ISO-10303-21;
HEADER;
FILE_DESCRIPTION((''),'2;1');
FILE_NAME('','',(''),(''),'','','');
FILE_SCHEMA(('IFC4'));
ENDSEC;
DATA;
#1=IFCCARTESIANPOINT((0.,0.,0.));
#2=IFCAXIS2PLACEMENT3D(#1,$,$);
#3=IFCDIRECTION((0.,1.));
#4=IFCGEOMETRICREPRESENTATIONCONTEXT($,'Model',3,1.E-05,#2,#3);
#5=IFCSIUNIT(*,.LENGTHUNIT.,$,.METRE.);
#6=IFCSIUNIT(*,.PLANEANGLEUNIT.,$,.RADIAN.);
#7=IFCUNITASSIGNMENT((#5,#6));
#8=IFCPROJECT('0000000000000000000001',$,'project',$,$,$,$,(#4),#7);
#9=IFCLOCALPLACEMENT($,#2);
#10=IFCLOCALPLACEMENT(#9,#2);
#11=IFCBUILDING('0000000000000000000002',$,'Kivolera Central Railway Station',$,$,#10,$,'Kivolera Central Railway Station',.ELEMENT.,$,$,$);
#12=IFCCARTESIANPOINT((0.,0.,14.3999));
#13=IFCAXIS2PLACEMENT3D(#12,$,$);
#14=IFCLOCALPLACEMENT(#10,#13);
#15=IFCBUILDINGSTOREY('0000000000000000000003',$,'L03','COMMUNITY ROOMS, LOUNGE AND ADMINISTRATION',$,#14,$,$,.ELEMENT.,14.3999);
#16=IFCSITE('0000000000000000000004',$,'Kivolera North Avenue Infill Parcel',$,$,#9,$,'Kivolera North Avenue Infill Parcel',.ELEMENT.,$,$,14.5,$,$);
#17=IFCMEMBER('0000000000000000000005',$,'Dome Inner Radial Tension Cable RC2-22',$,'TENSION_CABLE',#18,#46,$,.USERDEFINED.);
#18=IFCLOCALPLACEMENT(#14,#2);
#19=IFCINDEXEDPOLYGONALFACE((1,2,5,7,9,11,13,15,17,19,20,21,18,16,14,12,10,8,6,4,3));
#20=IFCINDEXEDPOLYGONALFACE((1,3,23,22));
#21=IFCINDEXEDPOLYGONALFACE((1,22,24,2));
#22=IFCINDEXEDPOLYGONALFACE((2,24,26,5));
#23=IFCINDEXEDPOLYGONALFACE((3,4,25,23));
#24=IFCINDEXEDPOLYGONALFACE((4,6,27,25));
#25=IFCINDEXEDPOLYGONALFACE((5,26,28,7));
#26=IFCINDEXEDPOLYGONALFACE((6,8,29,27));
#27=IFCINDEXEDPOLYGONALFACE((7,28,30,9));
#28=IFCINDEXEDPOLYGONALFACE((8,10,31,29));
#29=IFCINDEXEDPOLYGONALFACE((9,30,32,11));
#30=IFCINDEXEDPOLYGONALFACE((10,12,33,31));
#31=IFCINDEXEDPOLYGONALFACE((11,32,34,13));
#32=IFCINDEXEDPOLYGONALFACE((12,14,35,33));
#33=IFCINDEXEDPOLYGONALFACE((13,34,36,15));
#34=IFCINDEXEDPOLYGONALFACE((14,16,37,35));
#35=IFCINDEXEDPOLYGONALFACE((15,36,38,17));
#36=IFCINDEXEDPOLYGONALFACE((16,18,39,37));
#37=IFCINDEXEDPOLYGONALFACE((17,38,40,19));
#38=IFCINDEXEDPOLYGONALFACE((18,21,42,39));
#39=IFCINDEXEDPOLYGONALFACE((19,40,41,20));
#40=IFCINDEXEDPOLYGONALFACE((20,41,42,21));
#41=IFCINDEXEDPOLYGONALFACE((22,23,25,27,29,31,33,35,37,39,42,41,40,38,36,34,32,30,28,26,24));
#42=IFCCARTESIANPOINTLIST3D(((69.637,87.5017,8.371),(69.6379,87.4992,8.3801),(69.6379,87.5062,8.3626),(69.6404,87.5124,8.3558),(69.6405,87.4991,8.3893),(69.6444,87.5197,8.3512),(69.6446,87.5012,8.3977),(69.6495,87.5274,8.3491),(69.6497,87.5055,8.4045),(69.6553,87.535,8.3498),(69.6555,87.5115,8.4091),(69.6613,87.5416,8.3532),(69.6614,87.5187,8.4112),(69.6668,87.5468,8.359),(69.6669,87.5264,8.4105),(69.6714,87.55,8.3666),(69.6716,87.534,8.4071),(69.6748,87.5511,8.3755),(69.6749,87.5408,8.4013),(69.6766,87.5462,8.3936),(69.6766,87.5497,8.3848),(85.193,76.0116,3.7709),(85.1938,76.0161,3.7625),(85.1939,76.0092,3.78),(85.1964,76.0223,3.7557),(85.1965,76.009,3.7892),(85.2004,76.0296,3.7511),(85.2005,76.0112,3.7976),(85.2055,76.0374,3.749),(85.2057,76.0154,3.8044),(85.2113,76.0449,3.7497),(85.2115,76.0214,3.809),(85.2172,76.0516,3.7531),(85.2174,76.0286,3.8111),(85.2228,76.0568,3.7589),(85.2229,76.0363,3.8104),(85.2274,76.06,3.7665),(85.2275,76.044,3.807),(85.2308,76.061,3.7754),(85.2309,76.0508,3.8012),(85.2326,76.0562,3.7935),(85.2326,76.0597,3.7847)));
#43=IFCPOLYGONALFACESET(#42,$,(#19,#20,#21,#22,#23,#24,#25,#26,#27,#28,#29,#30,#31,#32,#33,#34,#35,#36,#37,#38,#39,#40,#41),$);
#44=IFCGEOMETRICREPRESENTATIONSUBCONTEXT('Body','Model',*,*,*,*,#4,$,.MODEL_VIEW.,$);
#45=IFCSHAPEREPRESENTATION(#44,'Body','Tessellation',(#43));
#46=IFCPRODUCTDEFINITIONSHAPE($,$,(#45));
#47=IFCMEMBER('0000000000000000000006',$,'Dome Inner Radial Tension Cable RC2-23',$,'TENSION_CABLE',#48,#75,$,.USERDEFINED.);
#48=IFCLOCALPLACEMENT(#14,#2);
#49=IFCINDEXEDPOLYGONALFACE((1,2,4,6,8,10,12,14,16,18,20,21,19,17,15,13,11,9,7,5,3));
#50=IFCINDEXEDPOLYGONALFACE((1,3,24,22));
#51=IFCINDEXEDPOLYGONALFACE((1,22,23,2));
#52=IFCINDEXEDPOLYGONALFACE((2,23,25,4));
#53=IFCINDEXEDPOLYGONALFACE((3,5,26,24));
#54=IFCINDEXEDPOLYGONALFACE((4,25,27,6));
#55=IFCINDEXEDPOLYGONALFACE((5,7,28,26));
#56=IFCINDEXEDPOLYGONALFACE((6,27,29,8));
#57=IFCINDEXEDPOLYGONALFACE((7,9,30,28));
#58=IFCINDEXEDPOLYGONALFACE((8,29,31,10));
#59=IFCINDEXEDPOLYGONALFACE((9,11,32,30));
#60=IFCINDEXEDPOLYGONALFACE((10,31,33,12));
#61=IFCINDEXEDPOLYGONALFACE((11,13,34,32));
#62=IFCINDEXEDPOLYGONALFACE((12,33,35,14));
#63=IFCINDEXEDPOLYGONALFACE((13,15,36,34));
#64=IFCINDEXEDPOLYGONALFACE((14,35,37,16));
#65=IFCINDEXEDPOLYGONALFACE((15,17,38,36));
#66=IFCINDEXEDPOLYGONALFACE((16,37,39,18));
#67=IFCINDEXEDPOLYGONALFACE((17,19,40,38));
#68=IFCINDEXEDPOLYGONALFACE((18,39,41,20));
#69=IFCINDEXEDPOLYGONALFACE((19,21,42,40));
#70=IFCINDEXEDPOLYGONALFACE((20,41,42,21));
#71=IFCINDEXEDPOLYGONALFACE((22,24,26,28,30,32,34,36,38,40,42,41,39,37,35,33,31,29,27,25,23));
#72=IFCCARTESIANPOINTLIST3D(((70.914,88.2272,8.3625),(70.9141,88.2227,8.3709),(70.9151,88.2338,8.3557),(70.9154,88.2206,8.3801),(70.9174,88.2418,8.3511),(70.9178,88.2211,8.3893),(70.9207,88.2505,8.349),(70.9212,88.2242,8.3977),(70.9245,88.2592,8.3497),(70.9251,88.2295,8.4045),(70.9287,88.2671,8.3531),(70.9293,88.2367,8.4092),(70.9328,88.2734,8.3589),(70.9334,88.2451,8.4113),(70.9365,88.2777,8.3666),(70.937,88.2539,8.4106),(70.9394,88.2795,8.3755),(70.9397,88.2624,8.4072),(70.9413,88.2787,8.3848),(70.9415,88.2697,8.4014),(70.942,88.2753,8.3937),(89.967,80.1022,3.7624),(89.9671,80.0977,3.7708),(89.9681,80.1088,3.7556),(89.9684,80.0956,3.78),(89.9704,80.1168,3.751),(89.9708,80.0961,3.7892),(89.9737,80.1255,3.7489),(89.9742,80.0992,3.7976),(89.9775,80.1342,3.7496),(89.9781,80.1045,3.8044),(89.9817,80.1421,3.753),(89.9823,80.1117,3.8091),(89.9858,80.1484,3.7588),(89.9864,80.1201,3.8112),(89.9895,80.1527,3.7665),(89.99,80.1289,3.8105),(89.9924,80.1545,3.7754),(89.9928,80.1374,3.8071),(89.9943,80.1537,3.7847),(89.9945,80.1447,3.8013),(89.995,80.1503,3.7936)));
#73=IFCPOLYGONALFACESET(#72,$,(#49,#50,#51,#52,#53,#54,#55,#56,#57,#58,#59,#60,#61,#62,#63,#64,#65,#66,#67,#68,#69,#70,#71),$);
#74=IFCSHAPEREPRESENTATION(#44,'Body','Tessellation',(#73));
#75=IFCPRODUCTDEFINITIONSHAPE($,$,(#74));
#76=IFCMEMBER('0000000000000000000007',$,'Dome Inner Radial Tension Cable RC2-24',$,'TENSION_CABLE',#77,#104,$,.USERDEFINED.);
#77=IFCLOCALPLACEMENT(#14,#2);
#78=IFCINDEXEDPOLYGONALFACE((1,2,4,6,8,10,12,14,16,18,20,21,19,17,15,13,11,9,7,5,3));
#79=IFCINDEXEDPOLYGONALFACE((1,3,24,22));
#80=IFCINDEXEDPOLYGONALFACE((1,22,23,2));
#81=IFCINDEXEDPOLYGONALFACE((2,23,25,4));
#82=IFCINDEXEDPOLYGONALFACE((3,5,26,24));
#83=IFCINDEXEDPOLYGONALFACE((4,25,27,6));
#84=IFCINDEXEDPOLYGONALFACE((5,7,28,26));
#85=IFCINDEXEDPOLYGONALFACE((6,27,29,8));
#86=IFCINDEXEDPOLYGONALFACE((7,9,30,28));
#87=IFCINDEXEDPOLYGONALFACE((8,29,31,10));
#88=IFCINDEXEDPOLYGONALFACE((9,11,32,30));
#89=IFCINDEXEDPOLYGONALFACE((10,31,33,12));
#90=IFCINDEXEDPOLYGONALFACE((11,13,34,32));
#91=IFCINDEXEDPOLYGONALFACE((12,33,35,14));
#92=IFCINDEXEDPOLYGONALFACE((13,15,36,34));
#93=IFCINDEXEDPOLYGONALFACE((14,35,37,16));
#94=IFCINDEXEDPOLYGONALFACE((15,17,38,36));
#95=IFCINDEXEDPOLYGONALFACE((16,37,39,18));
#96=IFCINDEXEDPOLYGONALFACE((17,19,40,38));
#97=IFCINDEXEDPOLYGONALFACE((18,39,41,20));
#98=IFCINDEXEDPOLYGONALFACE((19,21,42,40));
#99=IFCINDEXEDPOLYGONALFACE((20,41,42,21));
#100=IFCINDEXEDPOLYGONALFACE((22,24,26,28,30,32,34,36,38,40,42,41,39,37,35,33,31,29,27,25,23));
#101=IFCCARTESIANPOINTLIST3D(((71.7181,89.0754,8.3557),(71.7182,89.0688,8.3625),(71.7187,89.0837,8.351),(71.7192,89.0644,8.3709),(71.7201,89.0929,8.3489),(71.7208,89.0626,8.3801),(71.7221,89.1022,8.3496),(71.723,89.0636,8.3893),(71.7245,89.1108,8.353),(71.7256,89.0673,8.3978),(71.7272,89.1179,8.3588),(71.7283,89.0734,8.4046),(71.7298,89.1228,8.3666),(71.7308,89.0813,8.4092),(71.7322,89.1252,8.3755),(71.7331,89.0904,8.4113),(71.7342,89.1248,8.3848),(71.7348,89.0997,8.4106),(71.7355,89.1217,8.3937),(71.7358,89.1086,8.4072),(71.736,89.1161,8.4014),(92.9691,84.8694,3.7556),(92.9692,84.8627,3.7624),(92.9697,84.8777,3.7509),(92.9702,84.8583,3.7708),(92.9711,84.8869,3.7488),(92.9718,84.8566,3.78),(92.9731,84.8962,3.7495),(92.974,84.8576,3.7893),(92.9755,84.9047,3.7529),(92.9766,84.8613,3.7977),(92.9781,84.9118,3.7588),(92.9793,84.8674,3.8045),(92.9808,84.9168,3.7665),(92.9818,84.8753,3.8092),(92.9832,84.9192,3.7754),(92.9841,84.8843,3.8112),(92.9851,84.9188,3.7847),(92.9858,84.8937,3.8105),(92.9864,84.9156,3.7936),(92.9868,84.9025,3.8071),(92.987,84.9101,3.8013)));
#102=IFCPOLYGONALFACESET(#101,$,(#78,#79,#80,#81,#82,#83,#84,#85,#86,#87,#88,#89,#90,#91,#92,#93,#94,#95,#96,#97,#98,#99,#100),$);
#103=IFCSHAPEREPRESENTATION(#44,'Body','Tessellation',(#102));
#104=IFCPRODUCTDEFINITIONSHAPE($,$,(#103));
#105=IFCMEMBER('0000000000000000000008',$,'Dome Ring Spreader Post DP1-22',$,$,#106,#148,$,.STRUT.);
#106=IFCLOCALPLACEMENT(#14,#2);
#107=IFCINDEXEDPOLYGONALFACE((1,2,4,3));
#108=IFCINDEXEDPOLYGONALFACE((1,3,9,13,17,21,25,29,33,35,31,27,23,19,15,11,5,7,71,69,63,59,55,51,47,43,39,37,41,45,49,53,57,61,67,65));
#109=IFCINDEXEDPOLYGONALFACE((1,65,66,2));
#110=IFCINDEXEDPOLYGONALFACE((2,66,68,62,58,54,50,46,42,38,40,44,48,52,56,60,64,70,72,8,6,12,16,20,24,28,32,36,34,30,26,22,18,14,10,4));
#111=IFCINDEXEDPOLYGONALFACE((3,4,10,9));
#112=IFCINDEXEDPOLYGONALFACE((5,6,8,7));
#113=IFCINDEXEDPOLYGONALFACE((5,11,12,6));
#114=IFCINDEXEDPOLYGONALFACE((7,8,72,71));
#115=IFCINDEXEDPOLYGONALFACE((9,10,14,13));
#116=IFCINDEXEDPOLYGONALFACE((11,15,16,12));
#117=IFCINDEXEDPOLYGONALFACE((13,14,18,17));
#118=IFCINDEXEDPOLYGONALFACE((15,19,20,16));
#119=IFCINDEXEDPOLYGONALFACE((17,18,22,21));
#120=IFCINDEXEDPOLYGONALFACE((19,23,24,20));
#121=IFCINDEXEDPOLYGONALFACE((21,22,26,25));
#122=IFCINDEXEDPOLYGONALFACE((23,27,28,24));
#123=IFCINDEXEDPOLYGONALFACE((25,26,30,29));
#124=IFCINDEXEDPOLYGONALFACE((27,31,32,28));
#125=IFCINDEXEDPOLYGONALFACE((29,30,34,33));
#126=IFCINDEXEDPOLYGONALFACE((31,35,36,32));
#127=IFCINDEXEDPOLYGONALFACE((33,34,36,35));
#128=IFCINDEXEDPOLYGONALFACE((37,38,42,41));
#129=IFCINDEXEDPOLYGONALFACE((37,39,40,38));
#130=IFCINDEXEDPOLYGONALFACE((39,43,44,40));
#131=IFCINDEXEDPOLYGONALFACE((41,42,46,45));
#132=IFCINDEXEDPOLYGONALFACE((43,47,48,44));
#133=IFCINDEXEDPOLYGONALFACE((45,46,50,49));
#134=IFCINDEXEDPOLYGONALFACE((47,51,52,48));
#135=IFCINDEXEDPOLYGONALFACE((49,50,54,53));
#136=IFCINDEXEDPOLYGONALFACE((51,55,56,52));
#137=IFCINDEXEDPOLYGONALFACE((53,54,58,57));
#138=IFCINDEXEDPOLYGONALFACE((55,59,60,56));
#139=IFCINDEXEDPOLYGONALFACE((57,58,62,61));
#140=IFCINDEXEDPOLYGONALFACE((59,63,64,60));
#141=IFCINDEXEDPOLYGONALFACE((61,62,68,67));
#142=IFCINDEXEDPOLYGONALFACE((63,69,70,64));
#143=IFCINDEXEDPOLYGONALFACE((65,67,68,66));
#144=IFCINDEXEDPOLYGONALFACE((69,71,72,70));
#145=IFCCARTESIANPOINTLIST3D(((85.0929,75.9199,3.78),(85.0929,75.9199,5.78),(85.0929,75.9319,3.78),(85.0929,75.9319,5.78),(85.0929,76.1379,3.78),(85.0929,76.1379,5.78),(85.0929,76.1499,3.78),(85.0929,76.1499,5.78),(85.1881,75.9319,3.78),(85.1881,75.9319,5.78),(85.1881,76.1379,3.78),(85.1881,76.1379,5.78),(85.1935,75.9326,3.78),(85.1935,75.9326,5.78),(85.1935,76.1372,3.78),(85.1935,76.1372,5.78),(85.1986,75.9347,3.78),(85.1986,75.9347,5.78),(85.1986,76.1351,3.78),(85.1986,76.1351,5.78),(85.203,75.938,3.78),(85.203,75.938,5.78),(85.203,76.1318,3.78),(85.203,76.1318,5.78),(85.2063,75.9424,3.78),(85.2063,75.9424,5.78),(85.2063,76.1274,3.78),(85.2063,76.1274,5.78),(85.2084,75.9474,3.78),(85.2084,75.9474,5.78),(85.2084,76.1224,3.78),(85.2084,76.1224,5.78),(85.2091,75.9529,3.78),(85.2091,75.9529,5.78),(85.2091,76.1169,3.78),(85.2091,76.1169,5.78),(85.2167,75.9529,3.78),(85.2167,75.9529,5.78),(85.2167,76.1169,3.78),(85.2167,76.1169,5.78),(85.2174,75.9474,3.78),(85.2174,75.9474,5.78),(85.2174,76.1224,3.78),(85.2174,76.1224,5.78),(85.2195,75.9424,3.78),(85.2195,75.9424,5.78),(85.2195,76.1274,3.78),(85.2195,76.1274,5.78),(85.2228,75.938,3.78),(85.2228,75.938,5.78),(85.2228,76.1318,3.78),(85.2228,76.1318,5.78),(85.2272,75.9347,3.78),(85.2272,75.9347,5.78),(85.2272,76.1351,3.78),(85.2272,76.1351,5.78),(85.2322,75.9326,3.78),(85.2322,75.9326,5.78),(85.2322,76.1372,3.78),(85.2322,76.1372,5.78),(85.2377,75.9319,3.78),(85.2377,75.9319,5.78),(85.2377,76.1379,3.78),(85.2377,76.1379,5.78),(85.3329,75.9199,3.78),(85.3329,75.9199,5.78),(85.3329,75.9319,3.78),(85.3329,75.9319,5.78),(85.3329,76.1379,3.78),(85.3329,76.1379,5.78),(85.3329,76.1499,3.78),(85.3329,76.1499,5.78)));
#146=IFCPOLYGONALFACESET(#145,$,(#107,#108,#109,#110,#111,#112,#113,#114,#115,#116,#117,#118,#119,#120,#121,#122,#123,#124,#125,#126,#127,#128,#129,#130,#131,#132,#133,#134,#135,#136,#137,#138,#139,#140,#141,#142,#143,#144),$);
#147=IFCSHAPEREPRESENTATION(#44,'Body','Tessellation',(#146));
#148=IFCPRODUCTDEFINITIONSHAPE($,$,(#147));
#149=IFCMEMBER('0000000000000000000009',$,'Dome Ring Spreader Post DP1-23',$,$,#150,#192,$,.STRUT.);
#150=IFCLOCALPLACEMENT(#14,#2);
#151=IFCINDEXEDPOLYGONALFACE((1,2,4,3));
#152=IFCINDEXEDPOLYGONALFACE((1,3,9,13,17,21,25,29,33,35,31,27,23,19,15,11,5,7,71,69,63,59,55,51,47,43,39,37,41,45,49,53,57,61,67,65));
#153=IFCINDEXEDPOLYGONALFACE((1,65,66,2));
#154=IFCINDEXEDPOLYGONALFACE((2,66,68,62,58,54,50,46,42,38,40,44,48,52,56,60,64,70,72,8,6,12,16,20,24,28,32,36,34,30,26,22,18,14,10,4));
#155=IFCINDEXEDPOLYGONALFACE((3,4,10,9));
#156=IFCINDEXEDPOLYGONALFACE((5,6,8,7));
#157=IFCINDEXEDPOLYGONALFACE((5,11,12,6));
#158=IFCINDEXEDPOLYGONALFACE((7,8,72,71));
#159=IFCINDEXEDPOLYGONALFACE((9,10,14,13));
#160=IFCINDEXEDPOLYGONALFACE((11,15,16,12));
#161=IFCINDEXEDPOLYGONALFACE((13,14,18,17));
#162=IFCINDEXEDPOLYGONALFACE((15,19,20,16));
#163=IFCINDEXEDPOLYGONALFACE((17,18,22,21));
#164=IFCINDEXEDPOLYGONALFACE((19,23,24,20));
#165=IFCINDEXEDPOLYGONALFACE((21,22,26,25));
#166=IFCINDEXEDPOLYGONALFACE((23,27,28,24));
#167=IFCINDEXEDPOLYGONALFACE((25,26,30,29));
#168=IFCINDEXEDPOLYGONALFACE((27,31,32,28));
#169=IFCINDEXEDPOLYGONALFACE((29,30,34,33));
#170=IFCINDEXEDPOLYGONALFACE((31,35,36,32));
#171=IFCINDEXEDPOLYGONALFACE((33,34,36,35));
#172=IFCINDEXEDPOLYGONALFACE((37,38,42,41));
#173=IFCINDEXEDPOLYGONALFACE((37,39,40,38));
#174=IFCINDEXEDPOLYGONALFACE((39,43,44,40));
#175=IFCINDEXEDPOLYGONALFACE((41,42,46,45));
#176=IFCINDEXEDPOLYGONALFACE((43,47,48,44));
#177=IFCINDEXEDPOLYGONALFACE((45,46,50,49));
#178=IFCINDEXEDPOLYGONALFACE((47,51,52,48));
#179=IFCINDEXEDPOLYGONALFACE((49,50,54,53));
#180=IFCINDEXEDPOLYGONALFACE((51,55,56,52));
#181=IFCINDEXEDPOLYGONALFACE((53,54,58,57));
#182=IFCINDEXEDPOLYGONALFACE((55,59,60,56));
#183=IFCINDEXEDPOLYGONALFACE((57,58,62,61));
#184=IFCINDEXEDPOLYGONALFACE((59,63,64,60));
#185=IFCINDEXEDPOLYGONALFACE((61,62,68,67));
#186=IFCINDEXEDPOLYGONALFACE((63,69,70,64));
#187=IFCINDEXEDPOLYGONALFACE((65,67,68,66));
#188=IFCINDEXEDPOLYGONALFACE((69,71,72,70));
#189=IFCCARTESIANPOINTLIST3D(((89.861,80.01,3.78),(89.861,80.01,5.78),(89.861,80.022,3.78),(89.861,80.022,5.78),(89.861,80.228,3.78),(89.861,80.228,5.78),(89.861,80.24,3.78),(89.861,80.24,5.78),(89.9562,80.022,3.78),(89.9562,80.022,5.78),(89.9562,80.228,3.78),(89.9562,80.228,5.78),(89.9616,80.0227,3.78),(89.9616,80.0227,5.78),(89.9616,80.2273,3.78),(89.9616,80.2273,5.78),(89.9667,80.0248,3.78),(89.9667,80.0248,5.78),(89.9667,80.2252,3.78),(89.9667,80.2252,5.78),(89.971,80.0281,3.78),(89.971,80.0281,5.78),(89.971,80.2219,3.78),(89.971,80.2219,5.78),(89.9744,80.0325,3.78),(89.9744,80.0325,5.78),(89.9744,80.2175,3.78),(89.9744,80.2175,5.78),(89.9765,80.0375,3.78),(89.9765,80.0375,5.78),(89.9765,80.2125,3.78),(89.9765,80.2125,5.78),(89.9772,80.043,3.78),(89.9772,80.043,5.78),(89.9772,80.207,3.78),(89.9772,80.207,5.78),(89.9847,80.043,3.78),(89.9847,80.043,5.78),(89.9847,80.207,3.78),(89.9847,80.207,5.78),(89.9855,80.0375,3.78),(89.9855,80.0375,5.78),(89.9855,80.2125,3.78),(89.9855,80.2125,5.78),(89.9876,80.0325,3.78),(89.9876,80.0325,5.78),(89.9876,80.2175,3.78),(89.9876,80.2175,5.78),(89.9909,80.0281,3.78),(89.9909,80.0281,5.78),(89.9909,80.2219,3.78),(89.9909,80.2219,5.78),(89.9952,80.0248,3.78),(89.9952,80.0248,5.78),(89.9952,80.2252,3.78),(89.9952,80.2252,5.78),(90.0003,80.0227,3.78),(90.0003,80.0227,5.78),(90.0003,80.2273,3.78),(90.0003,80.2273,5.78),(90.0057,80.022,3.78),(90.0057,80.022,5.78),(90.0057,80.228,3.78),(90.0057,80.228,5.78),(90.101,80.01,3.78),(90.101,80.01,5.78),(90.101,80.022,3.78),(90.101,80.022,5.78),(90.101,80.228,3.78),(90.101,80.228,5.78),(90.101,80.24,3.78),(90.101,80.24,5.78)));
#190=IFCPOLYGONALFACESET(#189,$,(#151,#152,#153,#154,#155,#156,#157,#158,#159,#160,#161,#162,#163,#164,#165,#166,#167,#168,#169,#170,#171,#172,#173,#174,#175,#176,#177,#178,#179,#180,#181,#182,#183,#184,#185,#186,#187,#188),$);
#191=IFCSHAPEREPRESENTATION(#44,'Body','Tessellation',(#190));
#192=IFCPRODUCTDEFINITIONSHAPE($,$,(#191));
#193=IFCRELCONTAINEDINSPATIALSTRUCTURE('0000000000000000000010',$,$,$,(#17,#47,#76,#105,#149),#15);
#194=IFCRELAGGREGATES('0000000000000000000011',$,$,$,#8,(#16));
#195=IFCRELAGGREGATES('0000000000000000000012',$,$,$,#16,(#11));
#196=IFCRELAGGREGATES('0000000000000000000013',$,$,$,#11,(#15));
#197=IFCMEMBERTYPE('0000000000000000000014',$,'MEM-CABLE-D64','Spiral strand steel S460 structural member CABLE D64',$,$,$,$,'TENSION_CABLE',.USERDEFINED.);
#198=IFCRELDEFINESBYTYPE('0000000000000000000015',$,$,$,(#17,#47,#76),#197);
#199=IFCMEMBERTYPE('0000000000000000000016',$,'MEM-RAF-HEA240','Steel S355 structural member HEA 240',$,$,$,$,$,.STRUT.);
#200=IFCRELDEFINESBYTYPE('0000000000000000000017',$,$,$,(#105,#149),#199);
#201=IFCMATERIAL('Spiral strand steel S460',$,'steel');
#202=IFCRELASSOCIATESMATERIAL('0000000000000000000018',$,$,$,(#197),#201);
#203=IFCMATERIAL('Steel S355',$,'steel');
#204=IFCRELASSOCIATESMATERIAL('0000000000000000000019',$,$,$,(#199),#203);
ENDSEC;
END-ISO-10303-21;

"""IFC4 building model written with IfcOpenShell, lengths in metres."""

from ifc_helpers import new_model, si_unit, direction, frame, origin, origin_2d, place, context, subcontext, project, spatial, circle, i_section, extrude, material, material_profile, profile_set, type_object, element, save


model = new_model("IFC4")

# Units and contexts
model_context = context("Model", 3, precision=1e-05, world=origin(), true_north=direction((0.0, 1.0)))
body_context = subcontext(model_context, "Body", "Model", "MODEL_VIEW")
ifc_project = project(units=[si_unit("LENGTHUNIT", "METRE"), si_unit("PLANEANGLEUNIT", "RADIAN")], contexts=[model_context])

# Site, building, storey
site_placement = place(None, origin())
site = spatial("IfcSite", under=ifc_project, at=site_placement, Name="Kivolera North Avenue Infill Parcel", LongName="Kivolera North Avenue Infill Parcel", CompositionType="ELEMENT", RefElevation=14.5)
building_placement = place(site_placement, origin())
building = spatial("IfcBuilding", under=site, at=building_placement, Name="Kivolera Central Railway Station", LongName="Kivolera Central Railway Station", CompositionType="ELEMENT")
storey_placement = place(building_placement, frame((0.0, 0.0, 14.3999)))
storey = spatial("IfcBuildingStorey", under=building, at=storey_placement, Name="L03", Description="COMMUNITY ROOMS, LOUNGE AND ADMINISTRATION", CompositionType="ELEMENT", Elevation=14.3999)

# Shared definitions
ifc_material_1 = material(Name="Steel S355", Category="steel")

# Members
ifc_material_2 = material(Name="Spiral strand steel S460", Category="steel")
ifc_material_profile_1 = material_profile(ifc_material_2, circle(Radius=0.032, at=origin_2d()), Name="CABLE D64")
ifc_profile_set_1 = profile_set([ifc_material_profile_1], Name="Spiral strand steel S460")
member_type_1 = type_object("IfcMemberType", Name="MEM-CABLE-D64", Description="Spiral strand steel S460 structural member CABLE D64", ElementType="TENSION_CABLE", PredefinedType="USERDEFINED", material=ifc_profile_set_1)
member_1_placement = place(storey_placement, frame((85.2129, 76.0349, 3.78), z_axis=(-0.782537, 0.578002, 0.231407), x_axis=(-0.594128, -0.80437, 0.0)))
element("IfcMember", 1, at=member_1_placement, inside=storey, type_object=member_type_1, Name="Dome Inner Radial Tension Cable RC2-22", ObjectType="TENSION_CABLE", PredefinedType="USERDEFINED", context=body_context, shape_type="SweptSolid", body=[
    extrude(circle(Radius=0.032, at=origin_2d()), origin(), (0.0, 0.0, 1.0), 19.8789),
])
member_2_placement = place(storey_placement, frame((89.981, 80.125, 3.78), z_axis=(-0.897974, 0.382934, 0.216804), x_axis=(-0.392264, -0.919853, 0.0)))
element("IfcMember", 2, at=member_2_placement, inside=storey, type_object=member_type_1, Name="Dome Inner Radial Tension Cable RC2-23", ObjectType="TENSION_CABLE", PredefinedType="USERDEFINED", context=body_context, shape_type="SweptSolid", body=[
    extrude(circle(Radius=0.032, at=origin_2d()), origin(), (0.0, 0.0, 1.0), 21.2178),
])
member_3_placement = place(storey_placement, frame((92.978, 84.8879, 3.78), z_axis=(-0.959575, 0.189922, 0.207715), x_axis=(-0.194157, -0.980971, 0.0)))
element("IfcMember", 3, at=member_3_placement, inside=storey, type_object=member_type_1, Name="Dome Inner Radial Tension Cable RC2-24", ObjectType="TENSION_CABLE", PredefinedType="USERDEFINED", context=body_context, shape_type="SweptSolid", body=[
    extrude(circle(Radius=0.032, at=origin_2d()), origin(), (0.0, 0.0, 1.0), 22.1462),
])
ifc_material_profile_2 = material_profile(ifc_material_1, i_section(OverallWidth=0.24, OverallDepth=0.23, WebThickness=0.0076, FlangeThickness=0.012, FilletRadius=0.021, at=origin_2d()), Name="HEA 240")
ifc_profile_set_2 = profile_set([ifc_material_profile_2], Name="Steel S355")
member_type_2 = type_object("IfcMemberType", Name="MEM-RAF-HEA240", Description="Steel S355 structural member HEA 240", PredefinedType="STRUT", material=ifc_profile_set_2)
for number, where, z_axis, x_axis, name in (
    (4, (85.2129, 76.0349, 3.78), (0.0, 0.0, 1.0), (1.0, 0.0, 0.0), "Dome Ring Spreader Post DP1-22"),
    (5, (89.981, 80.125, 3.78), (0.0, 0.0, 1.0), (1.0, 0.0, 0.0), "Dome Ring Spreader Post DP1-23"),
):
    element("IfcMember", number, at=place(storey_placement, frame(where, z_axis=z_axis, x_axis=x_axis)), inside=storey, type_object=member_type_2, Name=name, PredefinedType="STRUT", context=body_context, shape_type="SweptSolid", body=[
        extrude(i_section(OverallWidth=0.24, OverallDepth=0.23, WebThickness=0.0076, FlangeThickness=0.012, FilletRadius=0.021, at=origin_2d()), origin(), (0.0, 0.0, 1.0), 2.0),
    ])

save(model, "model.ifc")
